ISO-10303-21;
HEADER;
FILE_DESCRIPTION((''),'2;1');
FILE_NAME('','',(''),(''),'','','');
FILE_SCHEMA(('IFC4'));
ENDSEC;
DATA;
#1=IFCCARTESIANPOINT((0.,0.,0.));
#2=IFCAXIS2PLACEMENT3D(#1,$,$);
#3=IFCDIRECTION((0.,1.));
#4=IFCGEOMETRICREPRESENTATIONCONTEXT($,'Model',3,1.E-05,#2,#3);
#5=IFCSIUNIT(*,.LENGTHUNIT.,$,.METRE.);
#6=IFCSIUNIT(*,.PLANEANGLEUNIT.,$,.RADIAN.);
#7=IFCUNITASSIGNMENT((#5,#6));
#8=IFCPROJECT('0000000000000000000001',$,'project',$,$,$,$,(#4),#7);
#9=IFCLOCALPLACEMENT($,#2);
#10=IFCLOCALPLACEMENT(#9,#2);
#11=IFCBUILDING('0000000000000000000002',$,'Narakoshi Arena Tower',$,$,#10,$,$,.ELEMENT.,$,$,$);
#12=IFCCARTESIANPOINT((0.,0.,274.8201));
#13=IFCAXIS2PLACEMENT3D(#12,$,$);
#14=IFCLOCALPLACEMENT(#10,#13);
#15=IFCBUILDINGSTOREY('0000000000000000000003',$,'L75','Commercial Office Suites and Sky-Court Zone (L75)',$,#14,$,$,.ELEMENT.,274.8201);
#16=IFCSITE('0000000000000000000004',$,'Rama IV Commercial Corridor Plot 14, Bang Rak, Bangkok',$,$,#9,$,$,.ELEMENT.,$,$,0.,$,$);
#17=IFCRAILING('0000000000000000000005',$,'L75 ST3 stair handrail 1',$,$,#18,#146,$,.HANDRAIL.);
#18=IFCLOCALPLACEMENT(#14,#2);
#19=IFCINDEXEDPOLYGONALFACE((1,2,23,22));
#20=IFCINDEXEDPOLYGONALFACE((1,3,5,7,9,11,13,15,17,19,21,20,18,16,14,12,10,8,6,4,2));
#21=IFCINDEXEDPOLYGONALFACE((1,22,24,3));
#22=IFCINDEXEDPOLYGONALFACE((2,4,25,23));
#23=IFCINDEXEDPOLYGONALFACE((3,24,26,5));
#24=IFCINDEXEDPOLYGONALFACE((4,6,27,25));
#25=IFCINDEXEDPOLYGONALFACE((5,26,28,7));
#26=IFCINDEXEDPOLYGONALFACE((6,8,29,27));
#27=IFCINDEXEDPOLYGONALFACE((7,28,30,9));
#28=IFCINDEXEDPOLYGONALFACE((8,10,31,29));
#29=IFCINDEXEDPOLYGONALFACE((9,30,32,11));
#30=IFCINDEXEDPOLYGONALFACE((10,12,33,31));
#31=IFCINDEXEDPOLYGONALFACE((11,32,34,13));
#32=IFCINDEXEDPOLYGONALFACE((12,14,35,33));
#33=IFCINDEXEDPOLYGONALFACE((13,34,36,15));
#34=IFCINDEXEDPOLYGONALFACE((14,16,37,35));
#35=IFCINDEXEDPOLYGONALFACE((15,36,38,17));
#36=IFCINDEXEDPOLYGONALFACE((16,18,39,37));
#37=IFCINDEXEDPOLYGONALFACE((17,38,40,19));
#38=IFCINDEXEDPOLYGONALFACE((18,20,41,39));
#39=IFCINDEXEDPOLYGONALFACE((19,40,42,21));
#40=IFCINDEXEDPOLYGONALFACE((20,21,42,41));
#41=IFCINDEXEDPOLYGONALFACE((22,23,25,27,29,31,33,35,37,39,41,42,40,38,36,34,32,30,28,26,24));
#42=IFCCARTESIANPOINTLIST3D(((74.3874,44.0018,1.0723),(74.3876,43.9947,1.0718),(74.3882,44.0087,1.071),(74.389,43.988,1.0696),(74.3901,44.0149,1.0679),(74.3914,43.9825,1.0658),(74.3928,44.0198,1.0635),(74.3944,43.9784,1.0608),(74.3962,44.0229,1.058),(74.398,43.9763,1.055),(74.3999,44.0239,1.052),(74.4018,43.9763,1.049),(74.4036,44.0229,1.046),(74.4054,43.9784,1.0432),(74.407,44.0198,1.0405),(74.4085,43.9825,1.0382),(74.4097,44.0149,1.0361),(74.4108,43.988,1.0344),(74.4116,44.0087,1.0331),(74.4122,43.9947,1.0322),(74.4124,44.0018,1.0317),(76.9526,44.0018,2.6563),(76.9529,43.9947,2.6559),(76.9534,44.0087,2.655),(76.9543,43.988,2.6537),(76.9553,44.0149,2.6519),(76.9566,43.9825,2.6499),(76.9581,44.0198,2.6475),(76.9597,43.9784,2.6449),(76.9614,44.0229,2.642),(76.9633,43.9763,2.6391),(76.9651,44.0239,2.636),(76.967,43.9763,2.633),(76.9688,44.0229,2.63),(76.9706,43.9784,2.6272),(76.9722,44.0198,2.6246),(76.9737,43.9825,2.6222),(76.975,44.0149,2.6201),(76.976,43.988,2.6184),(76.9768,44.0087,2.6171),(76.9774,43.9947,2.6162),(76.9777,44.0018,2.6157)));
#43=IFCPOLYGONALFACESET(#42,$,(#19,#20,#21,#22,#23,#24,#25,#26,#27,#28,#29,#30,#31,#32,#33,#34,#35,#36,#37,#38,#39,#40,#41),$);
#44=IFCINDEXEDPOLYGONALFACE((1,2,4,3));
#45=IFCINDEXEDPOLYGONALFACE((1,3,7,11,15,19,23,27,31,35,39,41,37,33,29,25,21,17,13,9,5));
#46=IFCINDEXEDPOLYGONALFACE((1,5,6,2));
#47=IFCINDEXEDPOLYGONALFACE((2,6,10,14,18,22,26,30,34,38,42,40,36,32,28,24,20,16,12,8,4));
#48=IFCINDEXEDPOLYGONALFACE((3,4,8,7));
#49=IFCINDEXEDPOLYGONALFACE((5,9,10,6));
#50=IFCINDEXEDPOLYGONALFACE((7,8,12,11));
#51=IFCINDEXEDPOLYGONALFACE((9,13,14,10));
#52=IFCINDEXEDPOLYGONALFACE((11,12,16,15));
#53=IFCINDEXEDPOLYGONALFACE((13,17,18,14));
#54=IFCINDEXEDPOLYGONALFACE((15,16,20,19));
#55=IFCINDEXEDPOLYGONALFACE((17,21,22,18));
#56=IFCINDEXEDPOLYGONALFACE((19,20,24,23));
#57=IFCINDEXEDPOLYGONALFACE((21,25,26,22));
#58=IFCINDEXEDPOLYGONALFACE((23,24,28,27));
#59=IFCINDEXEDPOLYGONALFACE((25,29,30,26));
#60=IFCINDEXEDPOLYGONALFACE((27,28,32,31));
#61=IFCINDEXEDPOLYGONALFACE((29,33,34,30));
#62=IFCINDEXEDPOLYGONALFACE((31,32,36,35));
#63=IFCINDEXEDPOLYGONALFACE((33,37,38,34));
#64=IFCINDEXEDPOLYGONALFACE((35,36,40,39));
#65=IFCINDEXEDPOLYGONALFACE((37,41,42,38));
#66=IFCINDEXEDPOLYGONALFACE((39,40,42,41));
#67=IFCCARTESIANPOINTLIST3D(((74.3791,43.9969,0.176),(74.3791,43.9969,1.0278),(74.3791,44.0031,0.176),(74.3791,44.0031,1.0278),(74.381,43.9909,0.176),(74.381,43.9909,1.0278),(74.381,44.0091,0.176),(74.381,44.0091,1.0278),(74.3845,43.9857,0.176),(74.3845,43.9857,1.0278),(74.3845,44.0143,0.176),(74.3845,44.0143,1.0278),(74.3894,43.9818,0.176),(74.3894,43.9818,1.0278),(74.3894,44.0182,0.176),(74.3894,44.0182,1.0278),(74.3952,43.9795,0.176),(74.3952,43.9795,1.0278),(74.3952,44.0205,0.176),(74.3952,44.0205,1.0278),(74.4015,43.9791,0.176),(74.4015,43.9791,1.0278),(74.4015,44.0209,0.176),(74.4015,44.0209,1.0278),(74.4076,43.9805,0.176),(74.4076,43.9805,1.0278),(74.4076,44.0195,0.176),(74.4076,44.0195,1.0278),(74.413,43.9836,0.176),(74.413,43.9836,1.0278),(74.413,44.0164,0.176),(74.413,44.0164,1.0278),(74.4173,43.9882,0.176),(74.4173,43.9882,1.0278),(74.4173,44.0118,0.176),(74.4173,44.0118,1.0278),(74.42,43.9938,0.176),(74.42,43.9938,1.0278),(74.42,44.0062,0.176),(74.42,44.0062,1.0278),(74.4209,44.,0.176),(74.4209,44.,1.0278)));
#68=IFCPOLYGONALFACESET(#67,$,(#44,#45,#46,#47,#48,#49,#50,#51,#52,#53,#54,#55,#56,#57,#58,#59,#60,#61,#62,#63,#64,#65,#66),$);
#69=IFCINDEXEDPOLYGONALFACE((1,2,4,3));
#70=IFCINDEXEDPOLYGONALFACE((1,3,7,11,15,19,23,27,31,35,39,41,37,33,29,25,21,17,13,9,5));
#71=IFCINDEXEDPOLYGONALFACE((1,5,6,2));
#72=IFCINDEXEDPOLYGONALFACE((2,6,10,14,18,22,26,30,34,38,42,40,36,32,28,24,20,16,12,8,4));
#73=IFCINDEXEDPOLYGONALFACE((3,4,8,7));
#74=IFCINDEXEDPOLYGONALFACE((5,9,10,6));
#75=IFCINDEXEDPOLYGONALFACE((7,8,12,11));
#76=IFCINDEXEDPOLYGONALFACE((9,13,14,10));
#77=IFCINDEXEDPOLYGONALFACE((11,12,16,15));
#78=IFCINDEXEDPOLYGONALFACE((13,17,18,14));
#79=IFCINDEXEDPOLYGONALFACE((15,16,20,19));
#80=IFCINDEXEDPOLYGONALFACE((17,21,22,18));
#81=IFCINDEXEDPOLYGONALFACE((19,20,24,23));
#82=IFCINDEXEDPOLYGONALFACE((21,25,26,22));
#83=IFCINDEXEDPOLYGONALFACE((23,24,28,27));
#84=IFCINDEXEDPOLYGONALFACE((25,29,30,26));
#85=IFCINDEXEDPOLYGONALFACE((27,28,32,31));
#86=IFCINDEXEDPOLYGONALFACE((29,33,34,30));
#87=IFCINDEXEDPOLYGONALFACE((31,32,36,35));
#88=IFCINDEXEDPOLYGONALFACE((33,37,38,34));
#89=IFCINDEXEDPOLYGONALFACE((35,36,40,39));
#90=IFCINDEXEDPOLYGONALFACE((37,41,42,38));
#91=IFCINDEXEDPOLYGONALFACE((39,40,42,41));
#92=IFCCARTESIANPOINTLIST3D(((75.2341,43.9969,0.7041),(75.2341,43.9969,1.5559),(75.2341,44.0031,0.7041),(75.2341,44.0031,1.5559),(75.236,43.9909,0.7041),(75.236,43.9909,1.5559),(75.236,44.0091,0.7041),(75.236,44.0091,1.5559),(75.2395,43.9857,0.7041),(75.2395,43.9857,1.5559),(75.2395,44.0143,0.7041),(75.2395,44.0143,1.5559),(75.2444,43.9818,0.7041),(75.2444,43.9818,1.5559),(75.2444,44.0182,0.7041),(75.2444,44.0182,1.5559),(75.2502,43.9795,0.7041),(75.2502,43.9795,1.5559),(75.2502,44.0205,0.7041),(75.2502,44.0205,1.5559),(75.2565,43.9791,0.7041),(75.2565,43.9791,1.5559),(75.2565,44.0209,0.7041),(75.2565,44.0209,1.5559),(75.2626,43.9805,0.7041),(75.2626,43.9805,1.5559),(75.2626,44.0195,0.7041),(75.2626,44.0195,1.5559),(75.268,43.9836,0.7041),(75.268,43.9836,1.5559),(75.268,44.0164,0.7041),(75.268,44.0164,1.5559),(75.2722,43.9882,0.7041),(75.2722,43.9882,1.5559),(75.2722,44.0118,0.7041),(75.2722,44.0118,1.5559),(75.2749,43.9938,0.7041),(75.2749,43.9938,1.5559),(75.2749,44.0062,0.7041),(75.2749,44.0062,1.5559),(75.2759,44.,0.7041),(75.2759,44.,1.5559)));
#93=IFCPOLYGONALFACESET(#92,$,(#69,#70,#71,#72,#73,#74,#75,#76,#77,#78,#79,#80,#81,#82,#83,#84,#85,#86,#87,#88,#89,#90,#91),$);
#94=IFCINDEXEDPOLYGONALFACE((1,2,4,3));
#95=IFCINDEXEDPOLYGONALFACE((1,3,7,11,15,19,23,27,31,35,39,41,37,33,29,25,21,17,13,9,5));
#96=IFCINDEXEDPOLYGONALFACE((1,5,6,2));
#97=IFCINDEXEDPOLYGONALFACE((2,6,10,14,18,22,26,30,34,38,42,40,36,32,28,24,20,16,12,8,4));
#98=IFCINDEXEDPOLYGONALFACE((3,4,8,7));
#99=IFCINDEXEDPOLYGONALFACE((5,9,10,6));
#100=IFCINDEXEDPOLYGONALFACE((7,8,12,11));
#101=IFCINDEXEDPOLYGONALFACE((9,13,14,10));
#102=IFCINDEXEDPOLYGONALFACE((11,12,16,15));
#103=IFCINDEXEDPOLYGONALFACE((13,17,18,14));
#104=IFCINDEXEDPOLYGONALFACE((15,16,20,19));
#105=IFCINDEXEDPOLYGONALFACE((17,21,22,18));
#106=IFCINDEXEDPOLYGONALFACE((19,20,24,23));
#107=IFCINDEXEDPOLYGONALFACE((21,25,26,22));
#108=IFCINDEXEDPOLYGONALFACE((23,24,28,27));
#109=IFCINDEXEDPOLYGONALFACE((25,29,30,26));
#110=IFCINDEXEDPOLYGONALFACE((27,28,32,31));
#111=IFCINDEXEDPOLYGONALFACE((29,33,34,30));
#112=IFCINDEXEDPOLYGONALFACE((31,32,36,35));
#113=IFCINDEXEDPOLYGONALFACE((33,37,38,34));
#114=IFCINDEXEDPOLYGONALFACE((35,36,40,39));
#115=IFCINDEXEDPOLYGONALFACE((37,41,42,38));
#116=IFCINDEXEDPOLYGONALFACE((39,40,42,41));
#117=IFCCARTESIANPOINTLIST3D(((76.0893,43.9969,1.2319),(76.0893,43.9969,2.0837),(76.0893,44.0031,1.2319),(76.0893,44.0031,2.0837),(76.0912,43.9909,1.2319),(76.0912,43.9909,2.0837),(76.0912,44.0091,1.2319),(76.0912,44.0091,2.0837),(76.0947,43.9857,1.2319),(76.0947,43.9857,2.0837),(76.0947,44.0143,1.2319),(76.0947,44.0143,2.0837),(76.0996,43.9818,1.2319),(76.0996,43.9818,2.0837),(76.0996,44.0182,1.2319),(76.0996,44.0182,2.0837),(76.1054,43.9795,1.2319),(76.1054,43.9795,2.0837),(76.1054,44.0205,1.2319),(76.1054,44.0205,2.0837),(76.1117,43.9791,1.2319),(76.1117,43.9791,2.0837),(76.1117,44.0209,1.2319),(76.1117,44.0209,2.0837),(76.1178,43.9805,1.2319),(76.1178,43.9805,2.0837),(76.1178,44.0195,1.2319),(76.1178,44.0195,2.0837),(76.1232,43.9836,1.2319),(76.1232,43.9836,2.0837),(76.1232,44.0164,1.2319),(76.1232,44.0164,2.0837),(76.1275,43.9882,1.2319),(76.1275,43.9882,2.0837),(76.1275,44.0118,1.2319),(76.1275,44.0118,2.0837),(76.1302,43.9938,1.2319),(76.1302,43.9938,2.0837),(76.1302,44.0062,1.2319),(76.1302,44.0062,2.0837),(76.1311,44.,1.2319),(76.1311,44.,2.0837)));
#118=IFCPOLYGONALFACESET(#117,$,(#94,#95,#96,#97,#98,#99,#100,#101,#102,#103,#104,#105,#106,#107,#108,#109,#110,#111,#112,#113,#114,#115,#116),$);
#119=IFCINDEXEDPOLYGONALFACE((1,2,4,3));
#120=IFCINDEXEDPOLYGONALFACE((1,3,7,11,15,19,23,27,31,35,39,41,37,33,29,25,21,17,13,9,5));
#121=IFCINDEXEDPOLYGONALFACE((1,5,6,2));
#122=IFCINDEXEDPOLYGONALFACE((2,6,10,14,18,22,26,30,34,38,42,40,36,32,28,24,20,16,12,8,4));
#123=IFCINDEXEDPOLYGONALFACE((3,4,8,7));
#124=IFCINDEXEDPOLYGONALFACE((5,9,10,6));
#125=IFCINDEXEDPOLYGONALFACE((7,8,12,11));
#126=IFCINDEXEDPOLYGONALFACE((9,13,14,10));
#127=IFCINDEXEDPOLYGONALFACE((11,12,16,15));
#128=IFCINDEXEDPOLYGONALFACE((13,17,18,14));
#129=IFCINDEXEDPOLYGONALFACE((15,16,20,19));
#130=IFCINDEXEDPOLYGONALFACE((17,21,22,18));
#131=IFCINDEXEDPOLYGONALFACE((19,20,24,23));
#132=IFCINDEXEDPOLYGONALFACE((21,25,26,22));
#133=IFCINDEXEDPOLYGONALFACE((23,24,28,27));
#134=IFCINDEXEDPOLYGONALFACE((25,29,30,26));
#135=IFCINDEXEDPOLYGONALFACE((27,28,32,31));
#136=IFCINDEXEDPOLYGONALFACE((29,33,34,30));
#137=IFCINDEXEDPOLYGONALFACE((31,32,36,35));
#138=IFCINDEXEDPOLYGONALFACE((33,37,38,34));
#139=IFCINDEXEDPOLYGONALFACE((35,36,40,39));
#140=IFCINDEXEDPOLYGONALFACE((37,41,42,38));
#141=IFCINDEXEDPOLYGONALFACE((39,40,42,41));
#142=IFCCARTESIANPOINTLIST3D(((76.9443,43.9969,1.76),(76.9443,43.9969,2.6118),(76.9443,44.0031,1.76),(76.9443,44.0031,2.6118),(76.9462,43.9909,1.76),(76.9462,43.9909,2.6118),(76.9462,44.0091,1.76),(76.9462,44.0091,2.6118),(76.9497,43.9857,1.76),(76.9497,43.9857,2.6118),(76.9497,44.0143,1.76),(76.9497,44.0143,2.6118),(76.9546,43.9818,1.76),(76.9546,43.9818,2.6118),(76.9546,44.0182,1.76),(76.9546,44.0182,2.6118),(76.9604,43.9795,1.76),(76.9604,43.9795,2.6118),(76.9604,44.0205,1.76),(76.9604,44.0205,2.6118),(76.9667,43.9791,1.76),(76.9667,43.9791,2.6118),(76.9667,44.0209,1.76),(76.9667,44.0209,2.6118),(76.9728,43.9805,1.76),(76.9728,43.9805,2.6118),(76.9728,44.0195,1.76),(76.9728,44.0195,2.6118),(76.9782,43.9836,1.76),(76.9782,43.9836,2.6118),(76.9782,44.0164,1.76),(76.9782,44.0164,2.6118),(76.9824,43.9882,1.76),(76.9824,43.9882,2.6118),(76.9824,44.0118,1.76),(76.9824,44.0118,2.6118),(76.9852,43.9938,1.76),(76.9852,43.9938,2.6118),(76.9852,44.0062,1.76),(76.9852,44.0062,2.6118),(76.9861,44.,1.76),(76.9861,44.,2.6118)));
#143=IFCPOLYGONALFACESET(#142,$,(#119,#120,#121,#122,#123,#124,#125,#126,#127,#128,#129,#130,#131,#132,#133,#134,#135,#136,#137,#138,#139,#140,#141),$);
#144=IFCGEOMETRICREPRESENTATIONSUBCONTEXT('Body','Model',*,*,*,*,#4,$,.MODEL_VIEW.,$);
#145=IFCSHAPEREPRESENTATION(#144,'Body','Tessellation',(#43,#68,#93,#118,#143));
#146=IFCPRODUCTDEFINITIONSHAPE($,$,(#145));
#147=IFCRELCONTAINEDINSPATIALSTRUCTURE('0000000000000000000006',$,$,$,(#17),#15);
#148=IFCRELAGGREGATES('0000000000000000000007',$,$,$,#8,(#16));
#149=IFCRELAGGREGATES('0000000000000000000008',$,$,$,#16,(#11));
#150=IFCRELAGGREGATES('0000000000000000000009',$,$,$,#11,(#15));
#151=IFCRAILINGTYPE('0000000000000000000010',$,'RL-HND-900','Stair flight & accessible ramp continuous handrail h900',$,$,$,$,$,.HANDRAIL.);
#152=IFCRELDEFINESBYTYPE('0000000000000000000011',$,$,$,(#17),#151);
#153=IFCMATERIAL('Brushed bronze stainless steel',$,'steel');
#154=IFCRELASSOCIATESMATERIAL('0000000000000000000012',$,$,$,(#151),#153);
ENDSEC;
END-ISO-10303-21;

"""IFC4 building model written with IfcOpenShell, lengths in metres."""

from ifc_helpers import new_model, si_unit, direction, frame, origin, origin_2d, place, context, subcontext, project, spatial, circle, extrude, material, type_object, element, save


model = new_model("IFC4")

# Units and contexts
model_context = context("Model", 3, precision=1e-05, world=origin(), true_north=direction((0.0, 1.0)))
body_context = subcontext(model_context, "Body", "Model", "MODEL_VIEW")
ifc_project = project(units=[si_unit("LENGTHUNIT", "METRE"), si_unit("PLANEANGLEUNIT", "RADIAN")], contexts=[model_context])

# Site, building, storey
site_placement = place(None, origin())
site = spatial("IfcSite", under=ifc_project, at=site_placement, Name="Rama IV Commercial Corridor Plot 14, Bang Rak, Bangkok", CompositionType="ELEMENT", RefElevation=0.0)
building_placement = place(site_placement, origin())
building = spatial("IfcBuilding", under=site, at=building_placement, Name="Narakoshi Arena Tower", CompositionType="ELEMENT")
storey_placement = place(building_placement, frame((0.0, 0.0, 274.8201)))
storey = spatial("IfcBuildingStorey", under=building, at=storey_placement, Name="L75", Description="Commercial Office Suites and Sky-Court Zone (L75)", CompositionType="ELEMENT", Elevation=274.8201)

# Railing
ifc_material_1 = material(Name="Brushed bronze stainless steel", Category="steel")
railing_type_1 = type_object("IfcRailingType", Name="RL-HND-900", Description="Stair flight & accessible ramp continuous handrail h900", PredefinedType="HANDRAIL", material=ifc_material_1)
railing_1_placement = place(storey_placement, frame((74.3999, 44.0, 0.176)))
element("IfcRailing", 1, at=railing_1_placement, inside=storey, type_object=railing_type_1, Name="L75 ST3 stair handrail 1", PredefinedType="HANDRAIL", context=body_context, shape_type="SweptSolid", body=[
    extrude(circle(Radius=0.0239, at=origin_2d()), frame((0.0, 0.0, 0.876), z_axis=(0.850857, 0.0, 0.525398), x_axis=(0.0, 1.0, 0.0)), (0.0, 0.0, 1.0), 3.0149),
    extrude(circle(Radius=0.021, at=origin_2d()), origin(), (0.0, 0.0, 1.0), 0.8518),
    extrude(circle(Radius=0.021, at=origin_2d()), frame((0.855, 0.0, 0.5281)), (0.0, 0.0, 1.0), 0.8518),
    extrude(circle(Radius=0.021, at=origin_2d()), frame((1.7102, 0.0, 1.0559)), (0.0, 0.0, 1.0), 0.8518),
    extrude(circle(Radius=0.021, at=origin_2d()), frame((2.5652, 0.0, 1.584)), (0.0, 0.0, 1.0), 0.8518),
])

save(model, "model.ifc")
